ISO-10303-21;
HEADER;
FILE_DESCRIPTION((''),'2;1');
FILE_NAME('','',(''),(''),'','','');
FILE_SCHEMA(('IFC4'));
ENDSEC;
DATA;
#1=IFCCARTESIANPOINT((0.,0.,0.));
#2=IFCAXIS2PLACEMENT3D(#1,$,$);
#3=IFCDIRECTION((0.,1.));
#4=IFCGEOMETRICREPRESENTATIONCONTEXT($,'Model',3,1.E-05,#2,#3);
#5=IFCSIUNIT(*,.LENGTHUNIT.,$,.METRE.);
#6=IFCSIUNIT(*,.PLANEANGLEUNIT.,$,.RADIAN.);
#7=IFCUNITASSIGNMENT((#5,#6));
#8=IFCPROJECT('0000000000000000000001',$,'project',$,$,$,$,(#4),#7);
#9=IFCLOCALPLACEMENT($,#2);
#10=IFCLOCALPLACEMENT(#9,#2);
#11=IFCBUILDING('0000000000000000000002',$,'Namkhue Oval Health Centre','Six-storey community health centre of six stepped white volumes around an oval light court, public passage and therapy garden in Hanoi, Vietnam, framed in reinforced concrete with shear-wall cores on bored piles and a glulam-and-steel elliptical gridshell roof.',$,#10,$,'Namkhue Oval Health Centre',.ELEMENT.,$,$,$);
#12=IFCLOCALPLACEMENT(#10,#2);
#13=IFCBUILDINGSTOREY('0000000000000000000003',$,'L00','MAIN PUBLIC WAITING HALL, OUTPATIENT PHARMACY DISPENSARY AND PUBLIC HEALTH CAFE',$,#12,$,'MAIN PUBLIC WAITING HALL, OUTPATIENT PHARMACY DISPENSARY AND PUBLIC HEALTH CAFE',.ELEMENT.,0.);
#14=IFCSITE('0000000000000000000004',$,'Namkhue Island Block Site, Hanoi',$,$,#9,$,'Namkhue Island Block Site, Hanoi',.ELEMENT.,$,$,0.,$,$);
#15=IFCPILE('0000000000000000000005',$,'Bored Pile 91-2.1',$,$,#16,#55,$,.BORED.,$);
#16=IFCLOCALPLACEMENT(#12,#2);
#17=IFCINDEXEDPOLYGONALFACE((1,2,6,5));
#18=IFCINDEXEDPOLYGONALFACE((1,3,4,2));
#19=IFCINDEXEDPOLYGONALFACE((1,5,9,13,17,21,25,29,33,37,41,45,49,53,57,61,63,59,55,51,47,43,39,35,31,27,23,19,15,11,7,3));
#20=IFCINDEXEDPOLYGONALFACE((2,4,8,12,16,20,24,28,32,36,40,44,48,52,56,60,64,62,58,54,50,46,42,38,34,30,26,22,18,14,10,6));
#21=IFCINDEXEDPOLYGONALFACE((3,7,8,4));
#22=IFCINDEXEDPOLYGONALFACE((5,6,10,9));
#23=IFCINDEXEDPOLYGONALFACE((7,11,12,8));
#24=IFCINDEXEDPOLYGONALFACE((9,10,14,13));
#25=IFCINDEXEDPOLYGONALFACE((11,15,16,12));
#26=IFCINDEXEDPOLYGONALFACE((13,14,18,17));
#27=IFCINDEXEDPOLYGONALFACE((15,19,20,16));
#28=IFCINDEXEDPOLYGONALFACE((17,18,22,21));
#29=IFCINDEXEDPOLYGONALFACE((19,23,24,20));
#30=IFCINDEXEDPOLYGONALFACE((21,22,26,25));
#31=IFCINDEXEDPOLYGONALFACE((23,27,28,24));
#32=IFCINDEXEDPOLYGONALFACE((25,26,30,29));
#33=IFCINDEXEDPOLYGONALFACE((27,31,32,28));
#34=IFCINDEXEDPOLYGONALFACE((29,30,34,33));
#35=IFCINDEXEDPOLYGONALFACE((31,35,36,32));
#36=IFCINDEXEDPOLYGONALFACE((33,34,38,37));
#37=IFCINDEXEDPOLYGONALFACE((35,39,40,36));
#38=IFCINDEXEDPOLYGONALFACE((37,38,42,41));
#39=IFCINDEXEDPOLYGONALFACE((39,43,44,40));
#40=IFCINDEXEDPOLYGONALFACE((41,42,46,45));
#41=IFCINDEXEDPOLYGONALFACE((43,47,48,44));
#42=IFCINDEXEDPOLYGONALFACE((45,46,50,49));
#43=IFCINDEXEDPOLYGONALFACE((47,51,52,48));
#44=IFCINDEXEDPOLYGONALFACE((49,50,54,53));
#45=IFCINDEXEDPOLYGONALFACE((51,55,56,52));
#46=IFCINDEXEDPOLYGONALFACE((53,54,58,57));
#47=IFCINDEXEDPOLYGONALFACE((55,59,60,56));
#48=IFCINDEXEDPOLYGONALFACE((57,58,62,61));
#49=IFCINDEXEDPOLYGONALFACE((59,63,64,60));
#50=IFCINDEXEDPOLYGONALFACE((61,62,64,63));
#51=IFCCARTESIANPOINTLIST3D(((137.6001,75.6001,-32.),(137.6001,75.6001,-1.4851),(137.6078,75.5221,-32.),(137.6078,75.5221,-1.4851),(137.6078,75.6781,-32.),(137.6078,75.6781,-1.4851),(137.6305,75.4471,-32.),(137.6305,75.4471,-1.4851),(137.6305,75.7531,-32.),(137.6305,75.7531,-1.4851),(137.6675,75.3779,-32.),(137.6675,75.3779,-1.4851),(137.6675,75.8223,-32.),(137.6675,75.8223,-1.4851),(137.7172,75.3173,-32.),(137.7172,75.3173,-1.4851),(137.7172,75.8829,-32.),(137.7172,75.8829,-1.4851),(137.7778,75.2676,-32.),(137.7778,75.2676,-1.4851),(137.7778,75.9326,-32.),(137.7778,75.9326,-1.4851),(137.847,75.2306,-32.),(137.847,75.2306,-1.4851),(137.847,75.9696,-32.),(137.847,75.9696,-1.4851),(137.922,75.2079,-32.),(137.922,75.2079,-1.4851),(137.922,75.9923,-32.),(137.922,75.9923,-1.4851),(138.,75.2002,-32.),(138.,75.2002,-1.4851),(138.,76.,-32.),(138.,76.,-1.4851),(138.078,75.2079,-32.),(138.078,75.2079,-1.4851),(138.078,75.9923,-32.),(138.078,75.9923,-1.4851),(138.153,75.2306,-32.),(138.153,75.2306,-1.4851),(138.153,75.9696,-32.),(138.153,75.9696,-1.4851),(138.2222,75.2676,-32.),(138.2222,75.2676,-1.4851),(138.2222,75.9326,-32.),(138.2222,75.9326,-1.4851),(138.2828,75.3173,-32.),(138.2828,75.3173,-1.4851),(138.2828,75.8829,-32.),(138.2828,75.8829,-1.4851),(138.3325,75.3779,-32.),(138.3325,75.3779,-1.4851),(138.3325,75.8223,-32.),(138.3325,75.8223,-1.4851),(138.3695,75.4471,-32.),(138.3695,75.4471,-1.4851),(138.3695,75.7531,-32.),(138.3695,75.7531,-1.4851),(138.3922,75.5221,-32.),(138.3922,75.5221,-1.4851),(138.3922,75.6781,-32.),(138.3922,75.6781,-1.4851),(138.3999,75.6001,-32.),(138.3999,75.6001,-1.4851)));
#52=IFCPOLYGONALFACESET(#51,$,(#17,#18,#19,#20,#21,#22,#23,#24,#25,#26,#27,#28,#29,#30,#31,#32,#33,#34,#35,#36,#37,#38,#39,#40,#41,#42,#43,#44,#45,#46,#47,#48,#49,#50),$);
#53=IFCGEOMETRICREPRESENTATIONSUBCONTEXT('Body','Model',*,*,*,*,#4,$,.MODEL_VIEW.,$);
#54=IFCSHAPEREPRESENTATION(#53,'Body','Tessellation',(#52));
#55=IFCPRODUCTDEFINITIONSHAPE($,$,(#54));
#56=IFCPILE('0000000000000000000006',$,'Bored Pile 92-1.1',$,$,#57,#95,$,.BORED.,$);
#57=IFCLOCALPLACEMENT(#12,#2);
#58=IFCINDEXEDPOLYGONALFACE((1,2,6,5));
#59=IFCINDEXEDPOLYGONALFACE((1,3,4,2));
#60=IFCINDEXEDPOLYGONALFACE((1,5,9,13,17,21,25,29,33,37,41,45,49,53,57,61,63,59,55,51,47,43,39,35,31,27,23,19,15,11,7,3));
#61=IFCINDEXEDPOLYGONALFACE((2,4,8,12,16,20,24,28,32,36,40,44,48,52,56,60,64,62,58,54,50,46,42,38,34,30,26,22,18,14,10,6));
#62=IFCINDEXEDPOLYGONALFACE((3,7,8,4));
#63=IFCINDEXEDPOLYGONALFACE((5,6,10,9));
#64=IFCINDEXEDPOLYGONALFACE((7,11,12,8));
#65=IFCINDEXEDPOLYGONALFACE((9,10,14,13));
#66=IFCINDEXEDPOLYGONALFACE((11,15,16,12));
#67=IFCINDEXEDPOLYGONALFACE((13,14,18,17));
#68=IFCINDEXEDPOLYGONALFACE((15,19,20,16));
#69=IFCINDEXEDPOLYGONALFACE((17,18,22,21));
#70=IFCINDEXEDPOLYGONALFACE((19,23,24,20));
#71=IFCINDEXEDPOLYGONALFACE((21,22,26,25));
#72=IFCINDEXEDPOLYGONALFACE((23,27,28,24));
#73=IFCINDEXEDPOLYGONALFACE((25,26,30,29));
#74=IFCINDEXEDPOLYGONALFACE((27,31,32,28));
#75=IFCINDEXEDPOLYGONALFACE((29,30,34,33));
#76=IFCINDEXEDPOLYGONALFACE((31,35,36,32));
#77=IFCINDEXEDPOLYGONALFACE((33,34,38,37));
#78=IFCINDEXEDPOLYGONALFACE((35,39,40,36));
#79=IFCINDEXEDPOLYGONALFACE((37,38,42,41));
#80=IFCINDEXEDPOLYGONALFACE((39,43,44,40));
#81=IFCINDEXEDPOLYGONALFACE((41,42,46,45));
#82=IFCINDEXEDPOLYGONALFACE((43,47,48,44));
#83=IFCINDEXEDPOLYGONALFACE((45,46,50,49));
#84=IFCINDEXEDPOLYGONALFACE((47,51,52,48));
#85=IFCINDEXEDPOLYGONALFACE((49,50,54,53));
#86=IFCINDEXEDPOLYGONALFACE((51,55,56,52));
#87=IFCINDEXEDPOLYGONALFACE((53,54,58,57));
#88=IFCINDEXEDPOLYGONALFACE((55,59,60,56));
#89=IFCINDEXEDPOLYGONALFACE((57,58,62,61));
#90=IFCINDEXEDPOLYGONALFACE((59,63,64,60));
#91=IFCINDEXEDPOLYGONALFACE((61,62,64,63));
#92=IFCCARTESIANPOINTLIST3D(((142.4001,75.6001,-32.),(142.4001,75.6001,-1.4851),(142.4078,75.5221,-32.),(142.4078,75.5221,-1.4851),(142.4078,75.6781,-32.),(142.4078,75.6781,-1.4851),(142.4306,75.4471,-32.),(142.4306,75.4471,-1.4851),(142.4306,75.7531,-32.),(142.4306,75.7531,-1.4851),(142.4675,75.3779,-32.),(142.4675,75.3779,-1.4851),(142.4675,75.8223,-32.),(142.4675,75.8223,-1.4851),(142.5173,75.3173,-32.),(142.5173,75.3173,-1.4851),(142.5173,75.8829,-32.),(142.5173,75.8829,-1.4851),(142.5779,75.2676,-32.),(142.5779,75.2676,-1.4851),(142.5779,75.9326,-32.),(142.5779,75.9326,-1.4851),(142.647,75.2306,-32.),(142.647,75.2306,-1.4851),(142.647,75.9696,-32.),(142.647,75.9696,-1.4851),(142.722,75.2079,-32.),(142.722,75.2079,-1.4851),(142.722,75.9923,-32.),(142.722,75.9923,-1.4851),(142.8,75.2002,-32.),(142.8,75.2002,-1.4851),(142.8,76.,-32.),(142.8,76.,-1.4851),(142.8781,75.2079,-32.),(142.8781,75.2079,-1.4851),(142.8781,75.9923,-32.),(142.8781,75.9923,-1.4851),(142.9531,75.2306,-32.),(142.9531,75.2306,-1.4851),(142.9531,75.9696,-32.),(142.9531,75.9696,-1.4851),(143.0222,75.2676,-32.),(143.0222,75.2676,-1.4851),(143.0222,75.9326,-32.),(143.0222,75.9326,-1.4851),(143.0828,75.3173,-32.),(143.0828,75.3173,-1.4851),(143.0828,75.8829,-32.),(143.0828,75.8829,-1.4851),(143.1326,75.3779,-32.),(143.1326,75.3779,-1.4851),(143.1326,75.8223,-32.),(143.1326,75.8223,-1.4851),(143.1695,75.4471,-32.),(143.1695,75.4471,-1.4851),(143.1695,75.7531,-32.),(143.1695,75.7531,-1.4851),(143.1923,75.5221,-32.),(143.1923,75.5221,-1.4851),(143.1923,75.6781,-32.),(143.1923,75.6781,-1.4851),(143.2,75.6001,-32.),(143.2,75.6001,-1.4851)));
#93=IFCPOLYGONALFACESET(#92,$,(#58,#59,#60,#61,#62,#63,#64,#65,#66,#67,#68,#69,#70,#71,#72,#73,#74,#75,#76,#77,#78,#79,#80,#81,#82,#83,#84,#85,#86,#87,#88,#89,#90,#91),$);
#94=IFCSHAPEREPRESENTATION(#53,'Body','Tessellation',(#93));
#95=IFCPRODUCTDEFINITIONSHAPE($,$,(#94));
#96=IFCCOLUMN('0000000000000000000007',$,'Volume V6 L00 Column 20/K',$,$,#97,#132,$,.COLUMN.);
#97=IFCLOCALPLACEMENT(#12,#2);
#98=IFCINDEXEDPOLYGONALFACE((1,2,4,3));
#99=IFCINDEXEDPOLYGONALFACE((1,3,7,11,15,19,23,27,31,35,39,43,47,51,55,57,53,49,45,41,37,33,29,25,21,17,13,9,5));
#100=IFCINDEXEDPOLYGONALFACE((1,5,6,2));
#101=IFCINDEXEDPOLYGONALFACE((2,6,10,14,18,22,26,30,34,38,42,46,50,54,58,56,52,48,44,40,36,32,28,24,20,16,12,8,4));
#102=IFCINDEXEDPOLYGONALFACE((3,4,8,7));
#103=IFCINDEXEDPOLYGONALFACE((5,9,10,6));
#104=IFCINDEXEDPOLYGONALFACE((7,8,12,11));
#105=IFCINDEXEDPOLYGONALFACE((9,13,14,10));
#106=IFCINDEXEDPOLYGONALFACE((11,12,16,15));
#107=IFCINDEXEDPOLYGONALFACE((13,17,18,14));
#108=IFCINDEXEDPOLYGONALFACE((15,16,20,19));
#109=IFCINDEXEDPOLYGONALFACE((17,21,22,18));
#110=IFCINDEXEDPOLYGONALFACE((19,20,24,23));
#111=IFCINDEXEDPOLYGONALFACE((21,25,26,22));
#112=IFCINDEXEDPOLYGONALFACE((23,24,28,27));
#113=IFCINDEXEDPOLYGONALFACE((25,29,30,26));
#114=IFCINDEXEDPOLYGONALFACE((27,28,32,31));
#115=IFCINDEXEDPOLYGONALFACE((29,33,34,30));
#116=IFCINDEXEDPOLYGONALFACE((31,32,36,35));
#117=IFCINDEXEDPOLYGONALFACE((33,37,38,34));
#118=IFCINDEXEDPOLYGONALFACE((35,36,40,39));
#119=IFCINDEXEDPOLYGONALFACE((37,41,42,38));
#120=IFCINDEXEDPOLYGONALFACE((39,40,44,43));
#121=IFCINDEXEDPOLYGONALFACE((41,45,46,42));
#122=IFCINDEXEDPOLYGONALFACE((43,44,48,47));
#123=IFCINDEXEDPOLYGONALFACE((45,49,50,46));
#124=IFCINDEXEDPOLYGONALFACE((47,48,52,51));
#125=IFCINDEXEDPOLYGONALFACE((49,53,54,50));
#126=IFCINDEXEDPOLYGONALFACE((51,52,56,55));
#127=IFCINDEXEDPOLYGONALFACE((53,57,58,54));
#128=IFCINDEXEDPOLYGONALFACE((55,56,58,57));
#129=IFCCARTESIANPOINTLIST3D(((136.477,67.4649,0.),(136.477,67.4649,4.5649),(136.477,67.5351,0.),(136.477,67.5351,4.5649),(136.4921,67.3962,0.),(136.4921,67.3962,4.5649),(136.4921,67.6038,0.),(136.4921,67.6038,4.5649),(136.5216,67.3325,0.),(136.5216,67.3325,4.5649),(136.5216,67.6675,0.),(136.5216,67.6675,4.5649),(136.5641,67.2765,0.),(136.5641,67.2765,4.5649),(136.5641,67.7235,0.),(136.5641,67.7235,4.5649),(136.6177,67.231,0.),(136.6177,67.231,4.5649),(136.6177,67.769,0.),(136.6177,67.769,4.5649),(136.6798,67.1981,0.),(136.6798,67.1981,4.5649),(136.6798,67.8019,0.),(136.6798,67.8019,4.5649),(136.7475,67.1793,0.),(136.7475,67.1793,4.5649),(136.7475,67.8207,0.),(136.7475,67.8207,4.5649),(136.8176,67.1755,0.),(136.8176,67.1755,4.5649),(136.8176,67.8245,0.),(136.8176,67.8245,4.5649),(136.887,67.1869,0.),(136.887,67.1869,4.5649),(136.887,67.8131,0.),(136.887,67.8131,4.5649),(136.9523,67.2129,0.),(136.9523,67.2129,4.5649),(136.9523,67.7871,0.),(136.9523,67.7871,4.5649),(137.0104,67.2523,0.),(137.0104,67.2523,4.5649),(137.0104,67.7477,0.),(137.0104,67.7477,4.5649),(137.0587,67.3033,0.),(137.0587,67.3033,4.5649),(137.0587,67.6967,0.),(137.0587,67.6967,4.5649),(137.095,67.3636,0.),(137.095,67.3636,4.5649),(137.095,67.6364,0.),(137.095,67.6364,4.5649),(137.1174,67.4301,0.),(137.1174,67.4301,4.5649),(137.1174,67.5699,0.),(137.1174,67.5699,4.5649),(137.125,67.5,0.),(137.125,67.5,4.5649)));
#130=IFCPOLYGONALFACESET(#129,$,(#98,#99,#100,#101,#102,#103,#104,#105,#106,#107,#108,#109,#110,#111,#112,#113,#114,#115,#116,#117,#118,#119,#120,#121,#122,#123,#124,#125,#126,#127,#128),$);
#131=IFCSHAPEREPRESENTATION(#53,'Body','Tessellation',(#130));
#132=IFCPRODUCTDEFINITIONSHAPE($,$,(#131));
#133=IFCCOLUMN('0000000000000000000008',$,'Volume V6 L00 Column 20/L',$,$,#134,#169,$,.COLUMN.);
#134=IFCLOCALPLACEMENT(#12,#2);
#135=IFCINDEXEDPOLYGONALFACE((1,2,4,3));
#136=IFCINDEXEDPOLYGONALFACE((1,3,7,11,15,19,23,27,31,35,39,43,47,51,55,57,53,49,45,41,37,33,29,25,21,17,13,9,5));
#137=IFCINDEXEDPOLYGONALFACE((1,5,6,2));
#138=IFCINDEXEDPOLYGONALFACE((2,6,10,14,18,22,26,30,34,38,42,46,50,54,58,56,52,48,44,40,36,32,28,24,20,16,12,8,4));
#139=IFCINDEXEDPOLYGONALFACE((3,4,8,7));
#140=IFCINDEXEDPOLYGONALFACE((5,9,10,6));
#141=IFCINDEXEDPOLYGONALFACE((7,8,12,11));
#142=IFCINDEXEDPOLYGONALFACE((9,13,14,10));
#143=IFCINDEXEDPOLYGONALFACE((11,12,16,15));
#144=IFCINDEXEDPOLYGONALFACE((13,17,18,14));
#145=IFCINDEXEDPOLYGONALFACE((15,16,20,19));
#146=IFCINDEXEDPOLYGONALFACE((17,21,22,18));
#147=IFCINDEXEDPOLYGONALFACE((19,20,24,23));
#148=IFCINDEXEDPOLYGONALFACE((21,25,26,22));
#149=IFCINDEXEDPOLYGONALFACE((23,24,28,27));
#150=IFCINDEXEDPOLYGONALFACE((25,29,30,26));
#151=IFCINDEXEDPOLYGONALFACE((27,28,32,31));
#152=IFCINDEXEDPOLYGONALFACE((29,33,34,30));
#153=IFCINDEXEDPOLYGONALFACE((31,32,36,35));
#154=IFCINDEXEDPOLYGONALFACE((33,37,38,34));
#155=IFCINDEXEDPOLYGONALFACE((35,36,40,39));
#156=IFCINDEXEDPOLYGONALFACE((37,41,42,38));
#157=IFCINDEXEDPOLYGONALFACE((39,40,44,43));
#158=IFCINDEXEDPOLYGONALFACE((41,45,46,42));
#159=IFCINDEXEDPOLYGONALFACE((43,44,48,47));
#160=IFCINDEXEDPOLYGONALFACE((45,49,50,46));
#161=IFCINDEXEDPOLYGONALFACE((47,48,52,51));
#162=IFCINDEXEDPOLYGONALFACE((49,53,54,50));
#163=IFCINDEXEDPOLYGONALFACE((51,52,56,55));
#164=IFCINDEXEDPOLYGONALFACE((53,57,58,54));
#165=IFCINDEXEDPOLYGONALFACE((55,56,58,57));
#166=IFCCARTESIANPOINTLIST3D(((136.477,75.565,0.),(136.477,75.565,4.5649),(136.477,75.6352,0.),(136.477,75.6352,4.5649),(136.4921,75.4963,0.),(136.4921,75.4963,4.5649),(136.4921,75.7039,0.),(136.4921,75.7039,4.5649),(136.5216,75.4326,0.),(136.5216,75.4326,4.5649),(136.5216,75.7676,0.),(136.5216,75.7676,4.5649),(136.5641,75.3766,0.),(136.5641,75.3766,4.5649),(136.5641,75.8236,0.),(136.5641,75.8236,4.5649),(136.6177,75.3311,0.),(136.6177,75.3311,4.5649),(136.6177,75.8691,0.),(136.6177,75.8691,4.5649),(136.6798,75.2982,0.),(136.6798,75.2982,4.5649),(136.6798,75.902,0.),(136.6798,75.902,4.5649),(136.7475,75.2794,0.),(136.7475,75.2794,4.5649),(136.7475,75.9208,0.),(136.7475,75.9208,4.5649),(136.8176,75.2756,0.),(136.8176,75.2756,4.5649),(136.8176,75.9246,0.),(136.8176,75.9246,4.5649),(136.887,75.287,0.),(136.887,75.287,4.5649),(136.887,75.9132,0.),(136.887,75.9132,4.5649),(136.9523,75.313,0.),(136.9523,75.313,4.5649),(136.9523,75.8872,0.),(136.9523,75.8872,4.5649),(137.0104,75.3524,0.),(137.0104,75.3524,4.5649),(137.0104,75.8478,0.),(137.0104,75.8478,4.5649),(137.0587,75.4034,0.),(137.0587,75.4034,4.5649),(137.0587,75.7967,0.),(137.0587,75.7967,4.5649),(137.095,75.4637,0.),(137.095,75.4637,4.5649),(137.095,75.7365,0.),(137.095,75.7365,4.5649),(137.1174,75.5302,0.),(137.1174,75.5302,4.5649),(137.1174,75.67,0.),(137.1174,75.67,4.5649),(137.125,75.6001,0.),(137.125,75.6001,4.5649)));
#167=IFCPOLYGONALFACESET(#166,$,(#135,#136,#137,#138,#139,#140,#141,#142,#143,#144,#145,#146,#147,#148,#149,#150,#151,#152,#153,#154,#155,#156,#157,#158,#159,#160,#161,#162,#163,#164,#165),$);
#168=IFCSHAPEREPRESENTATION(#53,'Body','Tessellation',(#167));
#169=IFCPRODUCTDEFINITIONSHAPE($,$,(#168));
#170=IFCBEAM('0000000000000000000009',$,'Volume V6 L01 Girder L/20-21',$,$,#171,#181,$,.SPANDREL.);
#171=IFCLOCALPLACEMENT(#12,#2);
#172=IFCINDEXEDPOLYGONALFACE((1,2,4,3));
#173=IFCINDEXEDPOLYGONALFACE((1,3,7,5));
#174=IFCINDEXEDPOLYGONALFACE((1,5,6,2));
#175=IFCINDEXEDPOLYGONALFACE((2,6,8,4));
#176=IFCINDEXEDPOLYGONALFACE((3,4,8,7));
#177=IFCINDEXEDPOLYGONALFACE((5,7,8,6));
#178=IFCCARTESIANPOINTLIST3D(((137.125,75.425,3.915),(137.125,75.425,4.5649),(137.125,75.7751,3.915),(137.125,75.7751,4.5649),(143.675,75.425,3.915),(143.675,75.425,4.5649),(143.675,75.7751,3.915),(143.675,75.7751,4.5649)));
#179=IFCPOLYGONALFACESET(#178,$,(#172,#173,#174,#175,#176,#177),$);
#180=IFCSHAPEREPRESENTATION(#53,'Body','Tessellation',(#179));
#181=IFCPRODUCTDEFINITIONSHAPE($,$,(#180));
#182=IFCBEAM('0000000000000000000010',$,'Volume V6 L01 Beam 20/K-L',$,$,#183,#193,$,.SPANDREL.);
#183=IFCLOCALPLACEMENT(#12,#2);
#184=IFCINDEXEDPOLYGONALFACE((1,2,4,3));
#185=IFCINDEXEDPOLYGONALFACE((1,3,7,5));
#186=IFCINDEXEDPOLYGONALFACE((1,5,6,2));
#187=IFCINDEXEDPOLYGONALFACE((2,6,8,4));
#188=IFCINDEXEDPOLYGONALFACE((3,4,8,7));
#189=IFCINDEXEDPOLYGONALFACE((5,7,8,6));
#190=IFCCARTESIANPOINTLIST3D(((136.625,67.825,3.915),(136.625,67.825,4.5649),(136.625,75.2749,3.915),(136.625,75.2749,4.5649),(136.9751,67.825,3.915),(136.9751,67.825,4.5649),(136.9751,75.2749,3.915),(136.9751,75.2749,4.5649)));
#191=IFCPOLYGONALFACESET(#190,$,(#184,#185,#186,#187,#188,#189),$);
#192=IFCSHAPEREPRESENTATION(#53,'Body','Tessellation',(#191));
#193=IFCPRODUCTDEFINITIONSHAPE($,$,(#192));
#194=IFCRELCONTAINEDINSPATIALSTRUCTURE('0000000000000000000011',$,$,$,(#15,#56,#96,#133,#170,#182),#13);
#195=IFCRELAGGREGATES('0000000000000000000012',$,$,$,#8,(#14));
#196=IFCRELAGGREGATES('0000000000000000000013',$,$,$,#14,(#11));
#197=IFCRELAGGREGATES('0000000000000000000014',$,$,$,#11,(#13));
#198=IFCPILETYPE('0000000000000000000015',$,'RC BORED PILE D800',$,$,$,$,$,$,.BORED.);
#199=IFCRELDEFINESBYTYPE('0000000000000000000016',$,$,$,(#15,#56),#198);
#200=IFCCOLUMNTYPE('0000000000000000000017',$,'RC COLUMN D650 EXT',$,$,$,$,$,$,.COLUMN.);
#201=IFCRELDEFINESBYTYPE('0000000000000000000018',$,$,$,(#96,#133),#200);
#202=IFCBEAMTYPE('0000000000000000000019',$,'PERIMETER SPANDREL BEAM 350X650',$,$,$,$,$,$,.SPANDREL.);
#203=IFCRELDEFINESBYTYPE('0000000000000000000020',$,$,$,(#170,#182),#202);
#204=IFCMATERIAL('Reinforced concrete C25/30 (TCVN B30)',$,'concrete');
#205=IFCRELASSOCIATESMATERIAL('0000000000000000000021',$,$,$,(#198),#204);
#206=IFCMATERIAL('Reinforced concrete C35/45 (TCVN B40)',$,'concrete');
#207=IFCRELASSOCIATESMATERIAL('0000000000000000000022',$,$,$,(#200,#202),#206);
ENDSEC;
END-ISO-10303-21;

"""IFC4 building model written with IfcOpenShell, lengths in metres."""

from ifc_helpers import new_model, si_unit, direction, frame, origin, origin_2d, place, context, subcontext, project, spatial, rectangle, circle, extrude, material, material_profile, profile_set, type_object, element, save


model = new_model("IFC4")

# Units and contexts
model_context = context("Model", 3, precision=1e-05, world=origin(), true_north=direction((0.0, 1.0)))
body_context = subcontext(model_context, "Body", "Model", "MODEL_VIEW")
ifc_project = project(units=[si_unit("LENGTHUNIT", "METRE"), si_unit("PLANEANGLEUNIT", "RADIAN")], contexts=[model_context])

# Site, building, storey
site_placement = place(None, origin())
site = spatial("IfcSite", under=ifc_project, at=site_placement, Name="Namkhue Island Block Site, Hanoi", LongName="Namkhue Island Block Site, Hanoi", CompositionType="ELEMENT", RefElevation=0.0)
building_placement = place(site_placement, origin())
building = spatial("IfcBuilding", under=site, at=building_placement, Name="Namkhue Oval Health Centre", Description="Six-storey community health centre of six stepped white volumes around an oval light court, public passage and therapy garden in Hanoi, Vietnam, framed in reinforced concrete with shear-wall cores on bored piles and a glulam-and-steel elliptical gridshell roof.", LongName="Namkhue Oval Health Centre", CompositionType="ELEMENT")
storey_placement = place(building_placement, origin())
storey = spatial("IfcBuildingStorey", under=building, at=storey_placement, Name="L00", Description="MAIN PUBLIC WAITING HALL, OUTPATIENT PHARMACY DISPENSARY AND PUBLIC HEALTH CAFE", LongName="MAIN PUBLIC WAITING HALL, OUTPATIENT PHARMACY DISPENSARY AND PUBLIC HEALTH CAFE", CompositionType="ELEMENT", Elevation=0.0)

# Piles
ifc_material_1 = material(Name="Reinforced concrete C25/30 (TCVN B30)", Category="concrete")
ifc_material_profile_1 = material_profile(ifc_material_1, circle(Radius=0.3999, at=origin_2d()), Name="BORED PILE D800")
ifc_profile_set_1 = profile_set([ifc_material_profile_1], Name="Reinforced concrete C25/30 (TCVN B30)")
pile_type_1 = type_object("IfcPileType", Name="RC BORED PILE D800", PredefinedType="BORED", material=ifc_profile_set_1)
for number, where, z_axis, x_axis, name in (
    (1, (138.0, 75.6001, -1.4851), (0.0, 0.0, -1.0), (1.0, 0.0, 0.0), "Bored Pile 91-2.1"),
    (2, (142.8, 75.6001, -1.4851), (0.0, 0.0, -1.0), (1.0, 0.0, 0.0), "Bored Pile 92-1.1"),
):
    element("IfcPile", number, at=place(storey_placement, frame(where, z_axis=z_axis, x_axis=x_axis)), inside=storey, type_object=pile_type_1, Name=name, PredefinedType="BORED", context=body_context, shape_type="SweptSolid", body=[
        extrude(circle(Radius=0.3999, at=origin_2d()), origin(), (0.0, 0.0, 1.0), 30.5149),
    ])

# Columns
ifc_material_2 = material(Name="Reinforced concrete C35/45 (TCVN B40)", Category="concrete")
ifc_material_profile_2 = material_profile(ifc_material_2, circle(Radius=0.325, at=origin_2d()), Name="RC D650")
ifc_profile_set_2 = profile_set([ifc_material_profile_2], Name="Reinforced concrete C35/45 (TCVN B40)")
column_type = type_object("IfcColumnType", Name="RC COLUMN D650 EXT", PredefinedType="COLUMN", material=ifc_profile_set_2)
for number, where, z_axis, x_axis, name in (
    (3, (136.8, 67.5, 0.0), (0.0, 0.0, 1.0), (1.0, 0.0, 0.0), "Volume V6 L00 Column 20/K"),
    (4, (136.8, 75.6001, 0.0), (0.0, 0.0, 1.0), (1.0, 0.0, 0.0), "Volume V6 L00 Column 20/L"),
):
    element("IfcColumn", number, at=place(storey_placement, frame(where, z_axis=z_axis, x_axis=x_axis)), inside=storey, type_object=column_type, Name=name, PredefinedType="COLUMN", context=body_context, shape_type="SweptSolid", body=[
        extrude(circle(Radius=0.325, at=origin_2d()), origin(), (0.0, 0.0, 1.0), 4.5649),
    ])

# Beams
ifc_material_profile_3 = material_profile(ifc_material_2, rectangle(XDim=0.3501, YDim=0.6499, at=origin_2d()), Name="RC 350x650")
ifc_profile_set_3 = profile_set([ifc_material_profile_3], Name="Reinforced concrete C35/45 (TCVN B40)")
beam_type_1 = type_object("IfcBeamType", Name="PERIMETER SPANDREL BEAM 350X650", PredefinedType="SPANDREL", material=ifc_profile_set_3)
beam_1_placement = place(storey_placement, frame((137.125, 75.6001, 4.24), z_axis=(1.0, 0.0, 0.0), x_axis=(0.0, 1.0, 0.0)))
element("IfcBeam", 5, at=beam_1_placement, inside=storey, type_object=beam_type_1, Name="Volume V6 L01 Girder L/20-21", PredefinedType="SPANDREL", context=body_context, shape_type="SweptSolid", body=[
    extrude(rectangle(XDim=0.3501, YDim=0.6499, at=origin_2d()), origin(), (0.0, 0.0, 1.0), 6.55),
])
beam_2_placement = place(storey_placement, frame((136.8, 67.825, 4.24), z_axis=(0.0, 1.0, 0.0), x_axis=(-1.0, 0.0, 0.0)))
element("IfcBeam", 6, at=beam_2_placement, inside=storey, type_object=beam_type_1, Name="Volume V6 L01 Beam 20/K-L", PredefinedType="SPANDREL", context=body_context, shape_type="SweptSolid", body=[
    extrude(rectangle(XDim=0.3501, YDim=0.6499, at=origin_2d()), origin(), (0.0, 0.0, 1.0), 7.45),
])

save(model, "model.ifc")
